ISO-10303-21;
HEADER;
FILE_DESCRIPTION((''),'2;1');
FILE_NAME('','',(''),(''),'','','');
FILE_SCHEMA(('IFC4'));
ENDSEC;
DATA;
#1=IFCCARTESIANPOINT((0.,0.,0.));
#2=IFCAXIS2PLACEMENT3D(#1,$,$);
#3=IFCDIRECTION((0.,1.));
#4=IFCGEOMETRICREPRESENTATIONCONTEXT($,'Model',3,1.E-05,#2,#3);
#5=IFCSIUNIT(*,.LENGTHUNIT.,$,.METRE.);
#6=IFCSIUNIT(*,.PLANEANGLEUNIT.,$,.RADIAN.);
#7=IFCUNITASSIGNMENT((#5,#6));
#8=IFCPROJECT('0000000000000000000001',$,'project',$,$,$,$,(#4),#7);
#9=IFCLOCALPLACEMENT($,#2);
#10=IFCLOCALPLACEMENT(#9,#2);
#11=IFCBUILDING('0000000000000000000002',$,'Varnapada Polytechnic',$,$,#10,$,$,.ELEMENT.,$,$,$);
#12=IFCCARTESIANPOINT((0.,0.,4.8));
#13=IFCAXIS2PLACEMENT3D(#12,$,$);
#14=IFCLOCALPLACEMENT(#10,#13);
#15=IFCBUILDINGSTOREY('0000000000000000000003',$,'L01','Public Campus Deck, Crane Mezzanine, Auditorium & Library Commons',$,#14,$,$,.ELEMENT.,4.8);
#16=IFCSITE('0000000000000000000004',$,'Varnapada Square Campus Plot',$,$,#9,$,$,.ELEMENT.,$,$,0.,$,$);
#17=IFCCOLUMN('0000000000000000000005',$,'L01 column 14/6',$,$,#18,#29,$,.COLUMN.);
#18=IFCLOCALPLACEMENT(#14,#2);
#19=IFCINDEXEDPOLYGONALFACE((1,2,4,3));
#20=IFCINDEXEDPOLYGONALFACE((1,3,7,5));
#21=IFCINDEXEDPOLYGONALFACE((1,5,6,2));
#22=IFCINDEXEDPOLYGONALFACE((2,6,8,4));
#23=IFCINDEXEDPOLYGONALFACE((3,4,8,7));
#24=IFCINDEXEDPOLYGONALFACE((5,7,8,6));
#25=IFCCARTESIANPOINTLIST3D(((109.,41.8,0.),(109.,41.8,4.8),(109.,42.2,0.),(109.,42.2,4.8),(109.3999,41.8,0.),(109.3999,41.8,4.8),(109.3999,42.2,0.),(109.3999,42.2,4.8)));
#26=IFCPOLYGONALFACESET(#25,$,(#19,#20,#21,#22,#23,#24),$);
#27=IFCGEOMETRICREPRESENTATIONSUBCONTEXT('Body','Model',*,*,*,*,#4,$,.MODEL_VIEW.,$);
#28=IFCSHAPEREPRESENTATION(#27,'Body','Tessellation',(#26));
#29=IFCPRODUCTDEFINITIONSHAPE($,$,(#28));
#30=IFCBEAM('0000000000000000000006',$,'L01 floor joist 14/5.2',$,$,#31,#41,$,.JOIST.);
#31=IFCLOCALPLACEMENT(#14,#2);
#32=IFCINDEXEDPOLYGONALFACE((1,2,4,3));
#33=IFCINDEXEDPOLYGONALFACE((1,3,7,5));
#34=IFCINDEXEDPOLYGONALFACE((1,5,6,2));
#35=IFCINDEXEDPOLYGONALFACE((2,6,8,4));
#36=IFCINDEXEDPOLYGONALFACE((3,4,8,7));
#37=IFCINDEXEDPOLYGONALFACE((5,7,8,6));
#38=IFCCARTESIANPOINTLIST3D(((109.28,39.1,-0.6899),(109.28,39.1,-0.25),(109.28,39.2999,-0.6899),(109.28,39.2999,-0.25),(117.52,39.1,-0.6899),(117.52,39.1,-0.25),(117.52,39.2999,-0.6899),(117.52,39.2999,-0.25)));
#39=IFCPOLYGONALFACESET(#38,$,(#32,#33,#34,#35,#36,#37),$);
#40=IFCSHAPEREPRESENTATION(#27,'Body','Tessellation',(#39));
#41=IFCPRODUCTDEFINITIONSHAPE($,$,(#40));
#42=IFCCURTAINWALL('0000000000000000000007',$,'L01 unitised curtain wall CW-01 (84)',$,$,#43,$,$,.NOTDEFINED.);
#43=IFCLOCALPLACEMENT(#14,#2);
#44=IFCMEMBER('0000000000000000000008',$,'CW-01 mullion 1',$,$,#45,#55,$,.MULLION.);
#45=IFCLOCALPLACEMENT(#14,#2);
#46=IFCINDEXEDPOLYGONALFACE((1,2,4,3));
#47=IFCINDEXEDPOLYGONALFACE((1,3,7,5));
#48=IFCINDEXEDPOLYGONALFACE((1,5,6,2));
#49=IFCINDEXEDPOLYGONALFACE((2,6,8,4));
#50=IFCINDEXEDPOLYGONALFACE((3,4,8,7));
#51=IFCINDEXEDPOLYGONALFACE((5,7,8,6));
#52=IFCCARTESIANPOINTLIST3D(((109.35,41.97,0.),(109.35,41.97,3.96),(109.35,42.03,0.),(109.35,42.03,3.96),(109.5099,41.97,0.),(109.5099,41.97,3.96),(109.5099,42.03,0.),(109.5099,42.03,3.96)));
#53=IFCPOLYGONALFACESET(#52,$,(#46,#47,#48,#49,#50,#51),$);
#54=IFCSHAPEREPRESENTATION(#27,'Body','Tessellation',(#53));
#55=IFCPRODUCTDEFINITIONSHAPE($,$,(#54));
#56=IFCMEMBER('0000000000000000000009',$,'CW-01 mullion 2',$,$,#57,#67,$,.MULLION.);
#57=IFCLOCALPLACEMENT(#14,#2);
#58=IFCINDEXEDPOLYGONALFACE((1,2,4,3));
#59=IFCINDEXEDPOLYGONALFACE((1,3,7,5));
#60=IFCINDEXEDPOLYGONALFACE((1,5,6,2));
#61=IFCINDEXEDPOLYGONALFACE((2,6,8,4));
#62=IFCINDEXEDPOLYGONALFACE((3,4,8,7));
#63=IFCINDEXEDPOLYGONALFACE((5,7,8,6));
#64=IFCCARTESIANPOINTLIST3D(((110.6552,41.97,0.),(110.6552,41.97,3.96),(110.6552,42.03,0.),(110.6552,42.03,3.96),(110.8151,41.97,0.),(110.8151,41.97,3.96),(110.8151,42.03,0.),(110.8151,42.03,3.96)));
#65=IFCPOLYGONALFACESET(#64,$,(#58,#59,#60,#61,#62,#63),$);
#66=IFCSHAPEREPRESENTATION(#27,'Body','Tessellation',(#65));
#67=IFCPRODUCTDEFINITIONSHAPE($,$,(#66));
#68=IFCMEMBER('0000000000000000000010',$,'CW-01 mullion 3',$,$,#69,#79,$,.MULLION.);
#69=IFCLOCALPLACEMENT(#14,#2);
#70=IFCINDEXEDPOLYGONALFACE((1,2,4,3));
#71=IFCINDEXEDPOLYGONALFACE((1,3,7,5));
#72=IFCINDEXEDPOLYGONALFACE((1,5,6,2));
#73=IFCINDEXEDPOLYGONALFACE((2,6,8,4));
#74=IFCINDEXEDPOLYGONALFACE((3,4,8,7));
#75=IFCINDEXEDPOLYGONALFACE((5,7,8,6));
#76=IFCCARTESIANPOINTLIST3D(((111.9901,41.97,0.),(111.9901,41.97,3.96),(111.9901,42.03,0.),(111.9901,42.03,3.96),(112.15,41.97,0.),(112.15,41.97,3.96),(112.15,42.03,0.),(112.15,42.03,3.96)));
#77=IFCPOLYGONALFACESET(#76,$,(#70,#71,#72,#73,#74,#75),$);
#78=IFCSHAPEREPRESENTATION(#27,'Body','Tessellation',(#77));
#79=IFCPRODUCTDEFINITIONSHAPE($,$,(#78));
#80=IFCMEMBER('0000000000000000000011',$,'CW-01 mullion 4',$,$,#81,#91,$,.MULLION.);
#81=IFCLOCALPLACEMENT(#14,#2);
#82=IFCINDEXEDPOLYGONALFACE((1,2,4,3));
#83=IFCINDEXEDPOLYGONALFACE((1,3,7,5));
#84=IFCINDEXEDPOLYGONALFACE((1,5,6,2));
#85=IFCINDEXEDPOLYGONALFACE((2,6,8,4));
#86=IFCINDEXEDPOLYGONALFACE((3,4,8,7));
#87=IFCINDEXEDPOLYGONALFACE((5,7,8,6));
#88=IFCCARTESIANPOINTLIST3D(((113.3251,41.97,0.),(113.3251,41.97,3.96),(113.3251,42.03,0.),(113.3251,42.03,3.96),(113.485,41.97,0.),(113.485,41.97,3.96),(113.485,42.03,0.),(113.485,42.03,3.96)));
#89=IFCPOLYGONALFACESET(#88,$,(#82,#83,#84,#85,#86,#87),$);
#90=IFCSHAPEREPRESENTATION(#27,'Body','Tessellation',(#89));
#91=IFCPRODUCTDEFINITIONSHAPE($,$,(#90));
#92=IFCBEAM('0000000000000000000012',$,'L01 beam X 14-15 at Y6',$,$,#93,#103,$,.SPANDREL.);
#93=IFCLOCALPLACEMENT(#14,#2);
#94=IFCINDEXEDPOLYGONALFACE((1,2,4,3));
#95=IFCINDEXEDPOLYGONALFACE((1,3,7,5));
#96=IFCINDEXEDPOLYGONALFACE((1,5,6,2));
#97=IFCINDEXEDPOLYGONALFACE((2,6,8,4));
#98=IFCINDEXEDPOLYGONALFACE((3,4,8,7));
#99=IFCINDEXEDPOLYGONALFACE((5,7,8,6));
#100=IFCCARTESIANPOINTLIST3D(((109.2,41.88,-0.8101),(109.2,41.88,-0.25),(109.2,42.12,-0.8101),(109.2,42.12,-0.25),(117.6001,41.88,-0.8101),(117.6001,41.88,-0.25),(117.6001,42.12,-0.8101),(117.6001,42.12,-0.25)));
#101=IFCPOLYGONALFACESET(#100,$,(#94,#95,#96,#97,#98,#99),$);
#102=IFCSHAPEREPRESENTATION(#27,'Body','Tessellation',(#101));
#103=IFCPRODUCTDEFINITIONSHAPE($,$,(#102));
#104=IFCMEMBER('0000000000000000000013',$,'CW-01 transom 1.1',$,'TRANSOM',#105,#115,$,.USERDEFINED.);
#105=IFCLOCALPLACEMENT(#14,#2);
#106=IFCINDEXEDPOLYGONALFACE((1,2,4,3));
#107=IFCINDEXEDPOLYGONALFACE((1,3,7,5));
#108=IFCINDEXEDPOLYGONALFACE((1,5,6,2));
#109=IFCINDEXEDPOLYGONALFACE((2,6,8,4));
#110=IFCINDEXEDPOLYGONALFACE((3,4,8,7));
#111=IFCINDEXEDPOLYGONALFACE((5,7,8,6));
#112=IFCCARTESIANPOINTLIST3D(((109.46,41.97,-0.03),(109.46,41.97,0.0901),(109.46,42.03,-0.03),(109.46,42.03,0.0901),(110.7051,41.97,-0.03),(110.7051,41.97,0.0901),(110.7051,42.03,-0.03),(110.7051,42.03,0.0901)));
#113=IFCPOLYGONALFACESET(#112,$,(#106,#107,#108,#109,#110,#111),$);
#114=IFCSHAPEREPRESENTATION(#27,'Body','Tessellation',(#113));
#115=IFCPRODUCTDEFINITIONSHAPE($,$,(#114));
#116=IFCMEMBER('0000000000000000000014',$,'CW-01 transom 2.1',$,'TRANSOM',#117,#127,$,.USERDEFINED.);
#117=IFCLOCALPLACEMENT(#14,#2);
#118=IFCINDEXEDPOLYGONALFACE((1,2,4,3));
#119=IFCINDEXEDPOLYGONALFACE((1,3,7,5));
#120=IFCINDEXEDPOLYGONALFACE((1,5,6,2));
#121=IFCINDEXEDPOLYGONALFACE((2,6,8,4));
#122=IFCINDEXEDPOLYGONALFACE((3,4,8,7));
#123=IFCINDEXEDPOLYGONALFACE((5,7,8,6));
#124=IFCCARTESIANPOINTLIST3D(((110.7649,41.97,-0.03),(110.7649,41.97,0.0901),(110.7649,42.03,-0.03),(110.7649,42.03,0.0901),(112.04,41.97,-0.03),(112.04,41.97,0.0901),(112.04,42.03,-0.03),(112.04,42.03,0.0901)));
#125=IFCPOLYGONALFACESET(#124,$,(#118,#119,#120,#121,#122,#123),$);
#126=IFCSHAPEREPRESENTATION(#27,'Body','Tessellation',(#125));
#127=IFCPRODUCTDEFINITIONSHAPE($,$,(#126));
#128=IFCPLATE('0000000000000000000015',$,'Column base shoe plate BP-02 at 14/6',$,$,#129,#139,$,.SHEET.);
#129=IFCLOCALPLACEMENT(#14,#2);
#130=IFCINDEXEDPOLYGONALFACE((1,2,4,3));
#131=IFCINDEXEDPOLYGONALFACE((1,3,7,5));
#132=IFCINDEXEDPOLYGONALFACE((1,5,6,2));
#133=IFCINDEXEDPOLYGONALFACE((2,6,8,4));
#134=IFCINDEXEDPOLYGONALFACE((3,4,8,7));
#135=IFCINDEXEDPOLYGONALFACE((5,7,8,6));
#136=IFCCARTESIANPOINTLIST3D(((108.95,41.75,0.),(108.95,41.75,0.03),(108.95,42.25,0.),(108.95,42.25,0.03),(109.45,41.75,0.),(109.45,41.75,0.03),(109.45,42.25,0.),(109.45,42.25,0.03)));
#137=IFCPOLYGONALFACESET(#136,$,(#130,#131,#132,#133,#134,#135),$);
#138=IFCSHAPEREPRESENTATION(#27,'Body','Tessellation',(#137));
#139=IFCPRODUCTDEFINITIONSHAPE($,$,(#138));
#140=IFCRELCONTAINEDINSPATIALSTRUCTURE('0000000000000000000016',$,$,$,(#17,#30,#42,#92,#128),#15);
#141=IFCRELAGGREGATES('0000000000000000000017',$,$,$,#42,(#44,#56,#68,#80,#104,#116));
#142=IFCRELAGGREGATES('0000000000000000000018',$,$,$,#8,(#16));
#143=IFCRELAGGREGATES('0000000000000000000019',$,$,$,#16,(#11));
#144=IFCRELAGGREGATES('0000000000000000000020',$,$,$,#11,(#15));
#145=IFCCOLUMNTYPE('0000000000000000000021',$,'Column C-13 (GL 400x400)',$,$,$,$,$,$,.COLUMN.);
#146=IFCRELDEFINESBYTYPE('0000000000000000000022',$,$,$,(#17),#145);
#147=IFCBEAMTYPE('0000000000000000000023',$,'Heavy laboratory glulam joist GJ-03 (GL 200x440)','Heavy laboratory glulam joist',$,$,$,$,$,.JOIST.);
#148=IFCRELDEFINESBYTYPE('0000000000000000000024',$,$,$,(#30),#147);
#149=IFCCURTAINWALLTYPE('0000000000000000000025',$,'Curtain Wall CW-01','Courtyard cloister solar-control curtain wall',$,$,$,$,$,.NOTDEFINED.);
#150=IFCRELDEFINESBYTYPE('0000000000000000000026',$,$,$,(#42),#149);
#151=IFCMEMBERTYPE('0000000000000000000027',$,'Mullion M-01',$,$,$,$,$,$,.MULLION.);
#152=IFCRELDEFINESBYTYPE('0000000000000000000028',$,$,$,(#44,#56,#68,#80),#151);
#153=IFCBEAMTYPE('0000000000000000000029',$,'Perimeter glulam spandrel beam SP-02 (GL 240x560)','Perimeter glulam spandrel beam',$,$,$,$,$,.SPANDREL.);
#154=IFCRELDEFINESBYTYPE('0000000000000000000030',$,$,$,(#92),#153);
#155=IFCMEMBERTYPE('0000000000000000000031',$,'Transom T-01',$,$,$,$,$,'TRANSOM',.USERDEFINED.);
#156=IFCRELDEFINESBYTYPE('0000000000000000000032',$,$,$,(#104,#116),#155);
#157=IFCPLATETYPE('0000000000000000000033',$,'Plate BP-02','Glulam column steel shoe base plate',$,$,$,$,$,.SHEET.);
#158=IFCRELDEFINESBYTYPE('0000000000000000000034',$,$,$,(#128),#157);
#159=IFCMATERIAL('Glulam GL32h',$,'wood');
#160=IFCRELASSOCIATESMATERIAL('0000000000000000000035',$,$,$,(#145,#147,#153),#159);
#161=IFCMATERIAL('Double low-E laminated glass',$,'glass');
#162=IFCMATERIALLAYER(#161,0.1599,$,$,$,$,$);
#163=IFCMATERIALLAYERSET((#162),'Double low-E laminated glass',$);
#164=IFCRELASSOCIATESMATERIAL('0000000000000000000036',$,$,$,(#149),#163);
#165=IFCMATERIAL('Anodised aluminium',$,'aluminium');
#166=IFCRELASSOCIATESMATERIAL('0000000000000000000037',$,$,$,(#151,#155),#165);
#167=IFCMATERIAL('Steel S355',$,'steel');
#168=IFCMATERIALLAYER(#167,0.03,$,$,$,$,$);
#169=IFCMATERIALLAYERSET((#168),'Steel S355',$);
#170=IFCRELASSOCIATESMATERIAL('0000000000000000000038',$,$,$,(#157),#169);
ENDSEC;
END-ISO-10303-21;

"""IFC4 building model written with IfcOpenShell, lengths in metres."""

from ifc_helpers import new_model, si_unit, direction, frame, origin, origin_2d, place, context, subcontext, project, spatial, rectangle, extrude, material, layer, layer_set, material_profile, profile_set, type_object, element, aggregate, save


model = new_model("IFC4")

# Units and contexts
model_context = context("Model", 3, precision=1e-05, world=origin(), true_north=direction((0.0, 1.0)))
body_context = subcontext(model_context, "Body", "Model", "MODEL_VIEW")
ifc_project = project(units=[si_unit("LENGTHUNIT", "METRE"), si_unit("PLANEANGLEUNIT", "RADIAN")], contexts=[model_context])

# Site, building, storey
site_placement = place(None, origin())
site = spatial("IfcSite", under=ifc_project, at=site_placement, Name="Varnapada Square Campus Plot", CompositionType="ELEMENT", RefElevation=0.0)
building_placement = place(site_placement, origin())
building = spatial("IfcBuilding", under=site, at=building_placement, Name="Varnapada Polytechnic", CompositionType="ELEMENT")
storey_placement = place(building_placement, frame((0.0, 0.0, 4.8)))
storey = spatial("IfcBuildingStorey", under=building, at=storey_placement, Name="L01", Description="Public Campus Deck, Crane Mezzanine, Auditorium & Library Commons", CompositionType="ELEMENT", Elevation=4.8)

# Column
ifc_material_1 = material(Name="Glulam GL32h", Category="wood")
ifc_material_profile_1 = material_profile(ifc_material_1, rectangle(XDim=0.3999, YDim=0.3999, at=origin_2d()), Name="GL 400x400")
ifc_profile_set_1 = profile_set([ifc_material_profile_1], Name="Glulam GL32h")
column_type = type_object("IfcColumnType", Name="Column C-13 (GL 400x400)", PredefinedType="COLUMN", material=ifc_profile_set_1)
column_placement = place(storey_placement, frame((109.2, 42.0, 0.0), z_axis=(0.0, 0.0, 1.0), x_axis=(1.0, 0.0, 0.0)))
element("IfcColumn", 1, at=column_placement, inside=storey, type_object=column_type, Name="L01 column 14/6", PredefinedType="COLUMN", context=body_context, shape_type="SweptSolid", body=[
    extrude(rectangle(XDim=0.3999, YDim=0.3999, at=origin_2d()), origin(), (0.0, 0.0, 1.0), 4.8),
])

# Beam
ifc_material_profile_2 = material_profile(ifc_material_1, rectangle(XDim=0.2, YDim=0.4399, at=origin_2d()), Name="GL 200x440")
ifc_profile_set_2 = profile_set([ifc_material_profile_2], Name="Glulam GL32h")
beam_type_1 = type_object("IfcBeamType", Name="Heavy laboratory glulam joist GJ-03 (GL 200x440)", Description="Heavy laboratory glulam joist", PredefinedType="JOIST", material=ifc_profile_set_2)
beam_1_placement = place(storey_placement, frame((109.28, 39.2, -0.47), z_axis=(1.0, 0.0, 0.0), x_axis=(0.0, 1.0, 0.0)))
element("IfcBeam", 2, at=beam_1_placement, inside=storey, type_object=beam_type_1, Name="L01 floor joist 14/5.2", PredefinedType="JOIST", context=body_context, shape_type="SweptSolid", body=[
    extrude(rectangle(XDim=0.2, YDim=0.4399, at=origin_2d()), origin(), (0.0, 0.0, 1.0), 8.24),
])

# Curtain wall, members
ifc_material_2 = material(Name="Double low-E laminated glass", Category="glass")
ifc_layer_1 = layer(ifc_material_2, 0.1599)
ifc_layer_set_1 = layer_set([ifc_layer_1], Name="Double low-E laminated glass")
curtain_wall_type = type_object("IfcCurtainWallType", Name="Curtain Wall CW-01", Description="Courtyard cloister solar-control curtain wall", PredefinedType="NOTDEFINED", material=ifc_layer_set_1)
curtain_wall_placement = place(storey_placement, origin())
curtain_wall = element("IfcCurtainWall", 3, at=curtain_wall_placement, inside=storey, type_object=curtain_wall_type, Name="L01 unitised curtain wall CW-01 (84)", PredefinedType="NOTDEFINED")
ifc_material_3 = material(Name="Anodised aluminium", Category="aluminium")
ifc_material_profile_3 = material_profile(ifc_material_3, rectangle(XDim=0.0601, YDim=0.1599, at=origin_2d()), Name="ALU M60x160")
ifc_profile_set_3 = profile_set([ifc_material_profile_3], Name="Anodised aluminium")
member_type_1 = type_object("IfcMemberType", Name="Mullion M-01", PredefinedType="MULLION", material=ifc_profile_set_3)
member_1_placement = place(storey_placement, frame((109.4299, 42.0, 0.0), z_axis=(0.0, 0.0, 1.0), x_axis=(0.0, 1.0, 0.0)))
member_1 = element("IfcMember", 4, at=member_1_placement, type_object=member_type_1, Name="CW-01 mullion 1", PredefinedType="MULLION", context=body_context, shape_type="SweptSolid", body=[
    extrude(rectangle(XDim=0.0601, YDim=0.1599, at=origin_2d()), origin(), (0.0, 0.0, 1.0), 3.96),
])
member_2_placement = place(storey_placement, frame((110.7351, 42.0, 0.0), z_axis=(0.0, 0.0, 1.0), x_axis=(0.0, 1.0, 0.0)))
member_2 = element("IfcMember", 5, at=member_2_placement, type_object=member_type_1, Name="CW-01 mullion 2", PredefinedType="MULLION", context=body_context, shape_type="SweptSolid", body=[
    extrude(rectangle(XDim=0.0601, YDim=0.1599, at=origin_2d()), origin(), (0.0, 0.0, 1.0), 3.96),
])
member_3_placement = place(storey_placement, frame((112.0701, 42.0, 0.0), z_axis=(0.0, 0.0, 1.0), x_axis=(0.0, 1.0, 0.0)))
member_3 = element("IfcMember", 6, at=member_3_placement, type_object=member_type_1, Name="CW-01 mullion 3", PredefinedType="MULLION", context=body_context, shape_type="SweptSolid", body=[
    extrude(rectangle(XDim=0.0601, YDim=0.1599, at=origin_2d()), origin(), (0.0, 0.0, 1.0), 3.96),
])
member_4_placement = place(storey_placement, frame((113.405, 42.0, 0.0), z_axis=(0.0, 0.0, 1.0), x_axis=(0.0, 1.0, 0.0)))
member_4 = element("IfcMember", 7, at=member_4_placement, type_object=member_type_1, Name="CW-01 mullion 4", PredefinedType="MULLION", context=body_context, shape_type="SweptSolid", body=[
    extrude(rectangle(XDim=0.0601, YDim=0.1599, at=origin_2d()), origin(), (0.0, 0.0, 1.0), 3.96),
])

# Beam
ifc_material_profile_4 = material_profile(ifc_material_1, rectangle(XDim=0.24, YDim=0.5601, at=origin_2d()), Name="GL 240x560")
ifc_profile_set_4 = profile_set([ifc_material_profile_4], Name="Glulam GL32h")
beam_type_2 = type_object("IfcBeamType", Name="Perimeter glulam spandrel beam SP-02 (GL 240x560)", Description="Perimeter glulam spandrel beam", PredefinedType="SPANDREL", material=ifc_profile_set_4)
beam_2_placement = place(storey_placement, frame((109.2, 42.0, -0.53), z_axis=(1.0, 0.0, 0.0), x_axis=(0.0, 1.0, 0.0)))
element("IfcBeam", 8, at=beam_2_placement, inside=storey, type_object=beam_type_2, Name="L01 beam X 14-15 at Y6", PredefinedType="SPANDREL", context=body_context, shape_type="SweptSolid", body=[
    extrude(rectangle(XDim=0.24, YDim=0.5601, at=origin_2d()), origin(), (0.0, 0.0, 1.0), 8.4001),
])

# Members
ifc_material_profile_5 = material_profile(ifc_material_3, rectangle(XDim=0.0601, YDim=0.1201, at=origin_2d()), Name="ALU T60x120")
ifc_profile_set_5 = profile_set([ifc_material_profile_5], Name="Anodised aluminium")
member_type_2 = type_object("IfcMemberType", Name="Transom T-01", ElementType="TRANSOM", PredefinedType="USERDEFINED", material=ifc_profile_set_5)
member_5_placement = place(storey_placement, frame((109.46, 42.0, 0.03), z_axis=(1.0, 0.0, 0.0), x_axis=(0.0, 1.0, 0.0)))
member_5 = element("IfcMember", 9, at=member_5_placement, type_object=member_type_2, Name="CW-01 transom 1.1", ObjectType="TRANSOM", PredefinedType="USERDEFINED", context=body_context, shape_type="SweptSolid", body=[
    extrude(rectangle(XDim=0.0601, YDim=0.1201, at=origin_2d()), origin(), (0.0, 0.0, 1.0), 1.2451),
])
member_6_placement = place(storey_placement, frame((110.7649, 42.0, 0.03), z_axis=(1.0, 0.0, 0.0), x_axis=(0.0, 1.0, 0.0)))
member_6 = element("IfcMember", 10, at=member_6_placement, type_object=member_type_2, Name="CW-01 transom 2.1", ObjectType="TRANSOM", PredefinedType="USERDEFINED", context=body_context, shape_type="SweptSolid", body=[
    extrude(rectangle(XDim=0.0601, YDim=0.1201, at=origin_2d()), origin(), (0.0, 0.0, 1.0), 1.2751),
])
aggregate(curtain_wall, [member_1, member_2, member_3, member_4, member_5, member_6])

# Plate
ifc_material_4 = material(Name="Steel S355", Category="steel")
ifc_layer_2 = layer(ifc_material_4, 0.03)
ifc_layer_set_2 = layer_set([ifc_layer_2], Name="Steel S355")
plate_type = type_object("IfcPlateType", Name="Plate BP-02", Description="Glulam column steel shoe base plate", PredefinedType="SHEET", material=ifc_layer_set_2)
plate_placement = place(storey_placement, frame((109.2, 42.0, 0.0), z_axis=(0.0, 0.0, 1.0), x_axis=(1.0, 0.0, 0.0)))
element("IfcPlate", 11, at=plate_placement, inside=storey, type_object=plate_type, Name="Column base shoe plate BP-02 at 14/6", PredefinedType="SHEET", context=body_context, shape_type="SweptSolid", body=[
    extrude(rectangle(XDim=0.5, YDim=0.5, at=origin_2d()), origin(), (0.0, 0.0, 1.0), 0.03),
])

save(model, "model.ifc")
